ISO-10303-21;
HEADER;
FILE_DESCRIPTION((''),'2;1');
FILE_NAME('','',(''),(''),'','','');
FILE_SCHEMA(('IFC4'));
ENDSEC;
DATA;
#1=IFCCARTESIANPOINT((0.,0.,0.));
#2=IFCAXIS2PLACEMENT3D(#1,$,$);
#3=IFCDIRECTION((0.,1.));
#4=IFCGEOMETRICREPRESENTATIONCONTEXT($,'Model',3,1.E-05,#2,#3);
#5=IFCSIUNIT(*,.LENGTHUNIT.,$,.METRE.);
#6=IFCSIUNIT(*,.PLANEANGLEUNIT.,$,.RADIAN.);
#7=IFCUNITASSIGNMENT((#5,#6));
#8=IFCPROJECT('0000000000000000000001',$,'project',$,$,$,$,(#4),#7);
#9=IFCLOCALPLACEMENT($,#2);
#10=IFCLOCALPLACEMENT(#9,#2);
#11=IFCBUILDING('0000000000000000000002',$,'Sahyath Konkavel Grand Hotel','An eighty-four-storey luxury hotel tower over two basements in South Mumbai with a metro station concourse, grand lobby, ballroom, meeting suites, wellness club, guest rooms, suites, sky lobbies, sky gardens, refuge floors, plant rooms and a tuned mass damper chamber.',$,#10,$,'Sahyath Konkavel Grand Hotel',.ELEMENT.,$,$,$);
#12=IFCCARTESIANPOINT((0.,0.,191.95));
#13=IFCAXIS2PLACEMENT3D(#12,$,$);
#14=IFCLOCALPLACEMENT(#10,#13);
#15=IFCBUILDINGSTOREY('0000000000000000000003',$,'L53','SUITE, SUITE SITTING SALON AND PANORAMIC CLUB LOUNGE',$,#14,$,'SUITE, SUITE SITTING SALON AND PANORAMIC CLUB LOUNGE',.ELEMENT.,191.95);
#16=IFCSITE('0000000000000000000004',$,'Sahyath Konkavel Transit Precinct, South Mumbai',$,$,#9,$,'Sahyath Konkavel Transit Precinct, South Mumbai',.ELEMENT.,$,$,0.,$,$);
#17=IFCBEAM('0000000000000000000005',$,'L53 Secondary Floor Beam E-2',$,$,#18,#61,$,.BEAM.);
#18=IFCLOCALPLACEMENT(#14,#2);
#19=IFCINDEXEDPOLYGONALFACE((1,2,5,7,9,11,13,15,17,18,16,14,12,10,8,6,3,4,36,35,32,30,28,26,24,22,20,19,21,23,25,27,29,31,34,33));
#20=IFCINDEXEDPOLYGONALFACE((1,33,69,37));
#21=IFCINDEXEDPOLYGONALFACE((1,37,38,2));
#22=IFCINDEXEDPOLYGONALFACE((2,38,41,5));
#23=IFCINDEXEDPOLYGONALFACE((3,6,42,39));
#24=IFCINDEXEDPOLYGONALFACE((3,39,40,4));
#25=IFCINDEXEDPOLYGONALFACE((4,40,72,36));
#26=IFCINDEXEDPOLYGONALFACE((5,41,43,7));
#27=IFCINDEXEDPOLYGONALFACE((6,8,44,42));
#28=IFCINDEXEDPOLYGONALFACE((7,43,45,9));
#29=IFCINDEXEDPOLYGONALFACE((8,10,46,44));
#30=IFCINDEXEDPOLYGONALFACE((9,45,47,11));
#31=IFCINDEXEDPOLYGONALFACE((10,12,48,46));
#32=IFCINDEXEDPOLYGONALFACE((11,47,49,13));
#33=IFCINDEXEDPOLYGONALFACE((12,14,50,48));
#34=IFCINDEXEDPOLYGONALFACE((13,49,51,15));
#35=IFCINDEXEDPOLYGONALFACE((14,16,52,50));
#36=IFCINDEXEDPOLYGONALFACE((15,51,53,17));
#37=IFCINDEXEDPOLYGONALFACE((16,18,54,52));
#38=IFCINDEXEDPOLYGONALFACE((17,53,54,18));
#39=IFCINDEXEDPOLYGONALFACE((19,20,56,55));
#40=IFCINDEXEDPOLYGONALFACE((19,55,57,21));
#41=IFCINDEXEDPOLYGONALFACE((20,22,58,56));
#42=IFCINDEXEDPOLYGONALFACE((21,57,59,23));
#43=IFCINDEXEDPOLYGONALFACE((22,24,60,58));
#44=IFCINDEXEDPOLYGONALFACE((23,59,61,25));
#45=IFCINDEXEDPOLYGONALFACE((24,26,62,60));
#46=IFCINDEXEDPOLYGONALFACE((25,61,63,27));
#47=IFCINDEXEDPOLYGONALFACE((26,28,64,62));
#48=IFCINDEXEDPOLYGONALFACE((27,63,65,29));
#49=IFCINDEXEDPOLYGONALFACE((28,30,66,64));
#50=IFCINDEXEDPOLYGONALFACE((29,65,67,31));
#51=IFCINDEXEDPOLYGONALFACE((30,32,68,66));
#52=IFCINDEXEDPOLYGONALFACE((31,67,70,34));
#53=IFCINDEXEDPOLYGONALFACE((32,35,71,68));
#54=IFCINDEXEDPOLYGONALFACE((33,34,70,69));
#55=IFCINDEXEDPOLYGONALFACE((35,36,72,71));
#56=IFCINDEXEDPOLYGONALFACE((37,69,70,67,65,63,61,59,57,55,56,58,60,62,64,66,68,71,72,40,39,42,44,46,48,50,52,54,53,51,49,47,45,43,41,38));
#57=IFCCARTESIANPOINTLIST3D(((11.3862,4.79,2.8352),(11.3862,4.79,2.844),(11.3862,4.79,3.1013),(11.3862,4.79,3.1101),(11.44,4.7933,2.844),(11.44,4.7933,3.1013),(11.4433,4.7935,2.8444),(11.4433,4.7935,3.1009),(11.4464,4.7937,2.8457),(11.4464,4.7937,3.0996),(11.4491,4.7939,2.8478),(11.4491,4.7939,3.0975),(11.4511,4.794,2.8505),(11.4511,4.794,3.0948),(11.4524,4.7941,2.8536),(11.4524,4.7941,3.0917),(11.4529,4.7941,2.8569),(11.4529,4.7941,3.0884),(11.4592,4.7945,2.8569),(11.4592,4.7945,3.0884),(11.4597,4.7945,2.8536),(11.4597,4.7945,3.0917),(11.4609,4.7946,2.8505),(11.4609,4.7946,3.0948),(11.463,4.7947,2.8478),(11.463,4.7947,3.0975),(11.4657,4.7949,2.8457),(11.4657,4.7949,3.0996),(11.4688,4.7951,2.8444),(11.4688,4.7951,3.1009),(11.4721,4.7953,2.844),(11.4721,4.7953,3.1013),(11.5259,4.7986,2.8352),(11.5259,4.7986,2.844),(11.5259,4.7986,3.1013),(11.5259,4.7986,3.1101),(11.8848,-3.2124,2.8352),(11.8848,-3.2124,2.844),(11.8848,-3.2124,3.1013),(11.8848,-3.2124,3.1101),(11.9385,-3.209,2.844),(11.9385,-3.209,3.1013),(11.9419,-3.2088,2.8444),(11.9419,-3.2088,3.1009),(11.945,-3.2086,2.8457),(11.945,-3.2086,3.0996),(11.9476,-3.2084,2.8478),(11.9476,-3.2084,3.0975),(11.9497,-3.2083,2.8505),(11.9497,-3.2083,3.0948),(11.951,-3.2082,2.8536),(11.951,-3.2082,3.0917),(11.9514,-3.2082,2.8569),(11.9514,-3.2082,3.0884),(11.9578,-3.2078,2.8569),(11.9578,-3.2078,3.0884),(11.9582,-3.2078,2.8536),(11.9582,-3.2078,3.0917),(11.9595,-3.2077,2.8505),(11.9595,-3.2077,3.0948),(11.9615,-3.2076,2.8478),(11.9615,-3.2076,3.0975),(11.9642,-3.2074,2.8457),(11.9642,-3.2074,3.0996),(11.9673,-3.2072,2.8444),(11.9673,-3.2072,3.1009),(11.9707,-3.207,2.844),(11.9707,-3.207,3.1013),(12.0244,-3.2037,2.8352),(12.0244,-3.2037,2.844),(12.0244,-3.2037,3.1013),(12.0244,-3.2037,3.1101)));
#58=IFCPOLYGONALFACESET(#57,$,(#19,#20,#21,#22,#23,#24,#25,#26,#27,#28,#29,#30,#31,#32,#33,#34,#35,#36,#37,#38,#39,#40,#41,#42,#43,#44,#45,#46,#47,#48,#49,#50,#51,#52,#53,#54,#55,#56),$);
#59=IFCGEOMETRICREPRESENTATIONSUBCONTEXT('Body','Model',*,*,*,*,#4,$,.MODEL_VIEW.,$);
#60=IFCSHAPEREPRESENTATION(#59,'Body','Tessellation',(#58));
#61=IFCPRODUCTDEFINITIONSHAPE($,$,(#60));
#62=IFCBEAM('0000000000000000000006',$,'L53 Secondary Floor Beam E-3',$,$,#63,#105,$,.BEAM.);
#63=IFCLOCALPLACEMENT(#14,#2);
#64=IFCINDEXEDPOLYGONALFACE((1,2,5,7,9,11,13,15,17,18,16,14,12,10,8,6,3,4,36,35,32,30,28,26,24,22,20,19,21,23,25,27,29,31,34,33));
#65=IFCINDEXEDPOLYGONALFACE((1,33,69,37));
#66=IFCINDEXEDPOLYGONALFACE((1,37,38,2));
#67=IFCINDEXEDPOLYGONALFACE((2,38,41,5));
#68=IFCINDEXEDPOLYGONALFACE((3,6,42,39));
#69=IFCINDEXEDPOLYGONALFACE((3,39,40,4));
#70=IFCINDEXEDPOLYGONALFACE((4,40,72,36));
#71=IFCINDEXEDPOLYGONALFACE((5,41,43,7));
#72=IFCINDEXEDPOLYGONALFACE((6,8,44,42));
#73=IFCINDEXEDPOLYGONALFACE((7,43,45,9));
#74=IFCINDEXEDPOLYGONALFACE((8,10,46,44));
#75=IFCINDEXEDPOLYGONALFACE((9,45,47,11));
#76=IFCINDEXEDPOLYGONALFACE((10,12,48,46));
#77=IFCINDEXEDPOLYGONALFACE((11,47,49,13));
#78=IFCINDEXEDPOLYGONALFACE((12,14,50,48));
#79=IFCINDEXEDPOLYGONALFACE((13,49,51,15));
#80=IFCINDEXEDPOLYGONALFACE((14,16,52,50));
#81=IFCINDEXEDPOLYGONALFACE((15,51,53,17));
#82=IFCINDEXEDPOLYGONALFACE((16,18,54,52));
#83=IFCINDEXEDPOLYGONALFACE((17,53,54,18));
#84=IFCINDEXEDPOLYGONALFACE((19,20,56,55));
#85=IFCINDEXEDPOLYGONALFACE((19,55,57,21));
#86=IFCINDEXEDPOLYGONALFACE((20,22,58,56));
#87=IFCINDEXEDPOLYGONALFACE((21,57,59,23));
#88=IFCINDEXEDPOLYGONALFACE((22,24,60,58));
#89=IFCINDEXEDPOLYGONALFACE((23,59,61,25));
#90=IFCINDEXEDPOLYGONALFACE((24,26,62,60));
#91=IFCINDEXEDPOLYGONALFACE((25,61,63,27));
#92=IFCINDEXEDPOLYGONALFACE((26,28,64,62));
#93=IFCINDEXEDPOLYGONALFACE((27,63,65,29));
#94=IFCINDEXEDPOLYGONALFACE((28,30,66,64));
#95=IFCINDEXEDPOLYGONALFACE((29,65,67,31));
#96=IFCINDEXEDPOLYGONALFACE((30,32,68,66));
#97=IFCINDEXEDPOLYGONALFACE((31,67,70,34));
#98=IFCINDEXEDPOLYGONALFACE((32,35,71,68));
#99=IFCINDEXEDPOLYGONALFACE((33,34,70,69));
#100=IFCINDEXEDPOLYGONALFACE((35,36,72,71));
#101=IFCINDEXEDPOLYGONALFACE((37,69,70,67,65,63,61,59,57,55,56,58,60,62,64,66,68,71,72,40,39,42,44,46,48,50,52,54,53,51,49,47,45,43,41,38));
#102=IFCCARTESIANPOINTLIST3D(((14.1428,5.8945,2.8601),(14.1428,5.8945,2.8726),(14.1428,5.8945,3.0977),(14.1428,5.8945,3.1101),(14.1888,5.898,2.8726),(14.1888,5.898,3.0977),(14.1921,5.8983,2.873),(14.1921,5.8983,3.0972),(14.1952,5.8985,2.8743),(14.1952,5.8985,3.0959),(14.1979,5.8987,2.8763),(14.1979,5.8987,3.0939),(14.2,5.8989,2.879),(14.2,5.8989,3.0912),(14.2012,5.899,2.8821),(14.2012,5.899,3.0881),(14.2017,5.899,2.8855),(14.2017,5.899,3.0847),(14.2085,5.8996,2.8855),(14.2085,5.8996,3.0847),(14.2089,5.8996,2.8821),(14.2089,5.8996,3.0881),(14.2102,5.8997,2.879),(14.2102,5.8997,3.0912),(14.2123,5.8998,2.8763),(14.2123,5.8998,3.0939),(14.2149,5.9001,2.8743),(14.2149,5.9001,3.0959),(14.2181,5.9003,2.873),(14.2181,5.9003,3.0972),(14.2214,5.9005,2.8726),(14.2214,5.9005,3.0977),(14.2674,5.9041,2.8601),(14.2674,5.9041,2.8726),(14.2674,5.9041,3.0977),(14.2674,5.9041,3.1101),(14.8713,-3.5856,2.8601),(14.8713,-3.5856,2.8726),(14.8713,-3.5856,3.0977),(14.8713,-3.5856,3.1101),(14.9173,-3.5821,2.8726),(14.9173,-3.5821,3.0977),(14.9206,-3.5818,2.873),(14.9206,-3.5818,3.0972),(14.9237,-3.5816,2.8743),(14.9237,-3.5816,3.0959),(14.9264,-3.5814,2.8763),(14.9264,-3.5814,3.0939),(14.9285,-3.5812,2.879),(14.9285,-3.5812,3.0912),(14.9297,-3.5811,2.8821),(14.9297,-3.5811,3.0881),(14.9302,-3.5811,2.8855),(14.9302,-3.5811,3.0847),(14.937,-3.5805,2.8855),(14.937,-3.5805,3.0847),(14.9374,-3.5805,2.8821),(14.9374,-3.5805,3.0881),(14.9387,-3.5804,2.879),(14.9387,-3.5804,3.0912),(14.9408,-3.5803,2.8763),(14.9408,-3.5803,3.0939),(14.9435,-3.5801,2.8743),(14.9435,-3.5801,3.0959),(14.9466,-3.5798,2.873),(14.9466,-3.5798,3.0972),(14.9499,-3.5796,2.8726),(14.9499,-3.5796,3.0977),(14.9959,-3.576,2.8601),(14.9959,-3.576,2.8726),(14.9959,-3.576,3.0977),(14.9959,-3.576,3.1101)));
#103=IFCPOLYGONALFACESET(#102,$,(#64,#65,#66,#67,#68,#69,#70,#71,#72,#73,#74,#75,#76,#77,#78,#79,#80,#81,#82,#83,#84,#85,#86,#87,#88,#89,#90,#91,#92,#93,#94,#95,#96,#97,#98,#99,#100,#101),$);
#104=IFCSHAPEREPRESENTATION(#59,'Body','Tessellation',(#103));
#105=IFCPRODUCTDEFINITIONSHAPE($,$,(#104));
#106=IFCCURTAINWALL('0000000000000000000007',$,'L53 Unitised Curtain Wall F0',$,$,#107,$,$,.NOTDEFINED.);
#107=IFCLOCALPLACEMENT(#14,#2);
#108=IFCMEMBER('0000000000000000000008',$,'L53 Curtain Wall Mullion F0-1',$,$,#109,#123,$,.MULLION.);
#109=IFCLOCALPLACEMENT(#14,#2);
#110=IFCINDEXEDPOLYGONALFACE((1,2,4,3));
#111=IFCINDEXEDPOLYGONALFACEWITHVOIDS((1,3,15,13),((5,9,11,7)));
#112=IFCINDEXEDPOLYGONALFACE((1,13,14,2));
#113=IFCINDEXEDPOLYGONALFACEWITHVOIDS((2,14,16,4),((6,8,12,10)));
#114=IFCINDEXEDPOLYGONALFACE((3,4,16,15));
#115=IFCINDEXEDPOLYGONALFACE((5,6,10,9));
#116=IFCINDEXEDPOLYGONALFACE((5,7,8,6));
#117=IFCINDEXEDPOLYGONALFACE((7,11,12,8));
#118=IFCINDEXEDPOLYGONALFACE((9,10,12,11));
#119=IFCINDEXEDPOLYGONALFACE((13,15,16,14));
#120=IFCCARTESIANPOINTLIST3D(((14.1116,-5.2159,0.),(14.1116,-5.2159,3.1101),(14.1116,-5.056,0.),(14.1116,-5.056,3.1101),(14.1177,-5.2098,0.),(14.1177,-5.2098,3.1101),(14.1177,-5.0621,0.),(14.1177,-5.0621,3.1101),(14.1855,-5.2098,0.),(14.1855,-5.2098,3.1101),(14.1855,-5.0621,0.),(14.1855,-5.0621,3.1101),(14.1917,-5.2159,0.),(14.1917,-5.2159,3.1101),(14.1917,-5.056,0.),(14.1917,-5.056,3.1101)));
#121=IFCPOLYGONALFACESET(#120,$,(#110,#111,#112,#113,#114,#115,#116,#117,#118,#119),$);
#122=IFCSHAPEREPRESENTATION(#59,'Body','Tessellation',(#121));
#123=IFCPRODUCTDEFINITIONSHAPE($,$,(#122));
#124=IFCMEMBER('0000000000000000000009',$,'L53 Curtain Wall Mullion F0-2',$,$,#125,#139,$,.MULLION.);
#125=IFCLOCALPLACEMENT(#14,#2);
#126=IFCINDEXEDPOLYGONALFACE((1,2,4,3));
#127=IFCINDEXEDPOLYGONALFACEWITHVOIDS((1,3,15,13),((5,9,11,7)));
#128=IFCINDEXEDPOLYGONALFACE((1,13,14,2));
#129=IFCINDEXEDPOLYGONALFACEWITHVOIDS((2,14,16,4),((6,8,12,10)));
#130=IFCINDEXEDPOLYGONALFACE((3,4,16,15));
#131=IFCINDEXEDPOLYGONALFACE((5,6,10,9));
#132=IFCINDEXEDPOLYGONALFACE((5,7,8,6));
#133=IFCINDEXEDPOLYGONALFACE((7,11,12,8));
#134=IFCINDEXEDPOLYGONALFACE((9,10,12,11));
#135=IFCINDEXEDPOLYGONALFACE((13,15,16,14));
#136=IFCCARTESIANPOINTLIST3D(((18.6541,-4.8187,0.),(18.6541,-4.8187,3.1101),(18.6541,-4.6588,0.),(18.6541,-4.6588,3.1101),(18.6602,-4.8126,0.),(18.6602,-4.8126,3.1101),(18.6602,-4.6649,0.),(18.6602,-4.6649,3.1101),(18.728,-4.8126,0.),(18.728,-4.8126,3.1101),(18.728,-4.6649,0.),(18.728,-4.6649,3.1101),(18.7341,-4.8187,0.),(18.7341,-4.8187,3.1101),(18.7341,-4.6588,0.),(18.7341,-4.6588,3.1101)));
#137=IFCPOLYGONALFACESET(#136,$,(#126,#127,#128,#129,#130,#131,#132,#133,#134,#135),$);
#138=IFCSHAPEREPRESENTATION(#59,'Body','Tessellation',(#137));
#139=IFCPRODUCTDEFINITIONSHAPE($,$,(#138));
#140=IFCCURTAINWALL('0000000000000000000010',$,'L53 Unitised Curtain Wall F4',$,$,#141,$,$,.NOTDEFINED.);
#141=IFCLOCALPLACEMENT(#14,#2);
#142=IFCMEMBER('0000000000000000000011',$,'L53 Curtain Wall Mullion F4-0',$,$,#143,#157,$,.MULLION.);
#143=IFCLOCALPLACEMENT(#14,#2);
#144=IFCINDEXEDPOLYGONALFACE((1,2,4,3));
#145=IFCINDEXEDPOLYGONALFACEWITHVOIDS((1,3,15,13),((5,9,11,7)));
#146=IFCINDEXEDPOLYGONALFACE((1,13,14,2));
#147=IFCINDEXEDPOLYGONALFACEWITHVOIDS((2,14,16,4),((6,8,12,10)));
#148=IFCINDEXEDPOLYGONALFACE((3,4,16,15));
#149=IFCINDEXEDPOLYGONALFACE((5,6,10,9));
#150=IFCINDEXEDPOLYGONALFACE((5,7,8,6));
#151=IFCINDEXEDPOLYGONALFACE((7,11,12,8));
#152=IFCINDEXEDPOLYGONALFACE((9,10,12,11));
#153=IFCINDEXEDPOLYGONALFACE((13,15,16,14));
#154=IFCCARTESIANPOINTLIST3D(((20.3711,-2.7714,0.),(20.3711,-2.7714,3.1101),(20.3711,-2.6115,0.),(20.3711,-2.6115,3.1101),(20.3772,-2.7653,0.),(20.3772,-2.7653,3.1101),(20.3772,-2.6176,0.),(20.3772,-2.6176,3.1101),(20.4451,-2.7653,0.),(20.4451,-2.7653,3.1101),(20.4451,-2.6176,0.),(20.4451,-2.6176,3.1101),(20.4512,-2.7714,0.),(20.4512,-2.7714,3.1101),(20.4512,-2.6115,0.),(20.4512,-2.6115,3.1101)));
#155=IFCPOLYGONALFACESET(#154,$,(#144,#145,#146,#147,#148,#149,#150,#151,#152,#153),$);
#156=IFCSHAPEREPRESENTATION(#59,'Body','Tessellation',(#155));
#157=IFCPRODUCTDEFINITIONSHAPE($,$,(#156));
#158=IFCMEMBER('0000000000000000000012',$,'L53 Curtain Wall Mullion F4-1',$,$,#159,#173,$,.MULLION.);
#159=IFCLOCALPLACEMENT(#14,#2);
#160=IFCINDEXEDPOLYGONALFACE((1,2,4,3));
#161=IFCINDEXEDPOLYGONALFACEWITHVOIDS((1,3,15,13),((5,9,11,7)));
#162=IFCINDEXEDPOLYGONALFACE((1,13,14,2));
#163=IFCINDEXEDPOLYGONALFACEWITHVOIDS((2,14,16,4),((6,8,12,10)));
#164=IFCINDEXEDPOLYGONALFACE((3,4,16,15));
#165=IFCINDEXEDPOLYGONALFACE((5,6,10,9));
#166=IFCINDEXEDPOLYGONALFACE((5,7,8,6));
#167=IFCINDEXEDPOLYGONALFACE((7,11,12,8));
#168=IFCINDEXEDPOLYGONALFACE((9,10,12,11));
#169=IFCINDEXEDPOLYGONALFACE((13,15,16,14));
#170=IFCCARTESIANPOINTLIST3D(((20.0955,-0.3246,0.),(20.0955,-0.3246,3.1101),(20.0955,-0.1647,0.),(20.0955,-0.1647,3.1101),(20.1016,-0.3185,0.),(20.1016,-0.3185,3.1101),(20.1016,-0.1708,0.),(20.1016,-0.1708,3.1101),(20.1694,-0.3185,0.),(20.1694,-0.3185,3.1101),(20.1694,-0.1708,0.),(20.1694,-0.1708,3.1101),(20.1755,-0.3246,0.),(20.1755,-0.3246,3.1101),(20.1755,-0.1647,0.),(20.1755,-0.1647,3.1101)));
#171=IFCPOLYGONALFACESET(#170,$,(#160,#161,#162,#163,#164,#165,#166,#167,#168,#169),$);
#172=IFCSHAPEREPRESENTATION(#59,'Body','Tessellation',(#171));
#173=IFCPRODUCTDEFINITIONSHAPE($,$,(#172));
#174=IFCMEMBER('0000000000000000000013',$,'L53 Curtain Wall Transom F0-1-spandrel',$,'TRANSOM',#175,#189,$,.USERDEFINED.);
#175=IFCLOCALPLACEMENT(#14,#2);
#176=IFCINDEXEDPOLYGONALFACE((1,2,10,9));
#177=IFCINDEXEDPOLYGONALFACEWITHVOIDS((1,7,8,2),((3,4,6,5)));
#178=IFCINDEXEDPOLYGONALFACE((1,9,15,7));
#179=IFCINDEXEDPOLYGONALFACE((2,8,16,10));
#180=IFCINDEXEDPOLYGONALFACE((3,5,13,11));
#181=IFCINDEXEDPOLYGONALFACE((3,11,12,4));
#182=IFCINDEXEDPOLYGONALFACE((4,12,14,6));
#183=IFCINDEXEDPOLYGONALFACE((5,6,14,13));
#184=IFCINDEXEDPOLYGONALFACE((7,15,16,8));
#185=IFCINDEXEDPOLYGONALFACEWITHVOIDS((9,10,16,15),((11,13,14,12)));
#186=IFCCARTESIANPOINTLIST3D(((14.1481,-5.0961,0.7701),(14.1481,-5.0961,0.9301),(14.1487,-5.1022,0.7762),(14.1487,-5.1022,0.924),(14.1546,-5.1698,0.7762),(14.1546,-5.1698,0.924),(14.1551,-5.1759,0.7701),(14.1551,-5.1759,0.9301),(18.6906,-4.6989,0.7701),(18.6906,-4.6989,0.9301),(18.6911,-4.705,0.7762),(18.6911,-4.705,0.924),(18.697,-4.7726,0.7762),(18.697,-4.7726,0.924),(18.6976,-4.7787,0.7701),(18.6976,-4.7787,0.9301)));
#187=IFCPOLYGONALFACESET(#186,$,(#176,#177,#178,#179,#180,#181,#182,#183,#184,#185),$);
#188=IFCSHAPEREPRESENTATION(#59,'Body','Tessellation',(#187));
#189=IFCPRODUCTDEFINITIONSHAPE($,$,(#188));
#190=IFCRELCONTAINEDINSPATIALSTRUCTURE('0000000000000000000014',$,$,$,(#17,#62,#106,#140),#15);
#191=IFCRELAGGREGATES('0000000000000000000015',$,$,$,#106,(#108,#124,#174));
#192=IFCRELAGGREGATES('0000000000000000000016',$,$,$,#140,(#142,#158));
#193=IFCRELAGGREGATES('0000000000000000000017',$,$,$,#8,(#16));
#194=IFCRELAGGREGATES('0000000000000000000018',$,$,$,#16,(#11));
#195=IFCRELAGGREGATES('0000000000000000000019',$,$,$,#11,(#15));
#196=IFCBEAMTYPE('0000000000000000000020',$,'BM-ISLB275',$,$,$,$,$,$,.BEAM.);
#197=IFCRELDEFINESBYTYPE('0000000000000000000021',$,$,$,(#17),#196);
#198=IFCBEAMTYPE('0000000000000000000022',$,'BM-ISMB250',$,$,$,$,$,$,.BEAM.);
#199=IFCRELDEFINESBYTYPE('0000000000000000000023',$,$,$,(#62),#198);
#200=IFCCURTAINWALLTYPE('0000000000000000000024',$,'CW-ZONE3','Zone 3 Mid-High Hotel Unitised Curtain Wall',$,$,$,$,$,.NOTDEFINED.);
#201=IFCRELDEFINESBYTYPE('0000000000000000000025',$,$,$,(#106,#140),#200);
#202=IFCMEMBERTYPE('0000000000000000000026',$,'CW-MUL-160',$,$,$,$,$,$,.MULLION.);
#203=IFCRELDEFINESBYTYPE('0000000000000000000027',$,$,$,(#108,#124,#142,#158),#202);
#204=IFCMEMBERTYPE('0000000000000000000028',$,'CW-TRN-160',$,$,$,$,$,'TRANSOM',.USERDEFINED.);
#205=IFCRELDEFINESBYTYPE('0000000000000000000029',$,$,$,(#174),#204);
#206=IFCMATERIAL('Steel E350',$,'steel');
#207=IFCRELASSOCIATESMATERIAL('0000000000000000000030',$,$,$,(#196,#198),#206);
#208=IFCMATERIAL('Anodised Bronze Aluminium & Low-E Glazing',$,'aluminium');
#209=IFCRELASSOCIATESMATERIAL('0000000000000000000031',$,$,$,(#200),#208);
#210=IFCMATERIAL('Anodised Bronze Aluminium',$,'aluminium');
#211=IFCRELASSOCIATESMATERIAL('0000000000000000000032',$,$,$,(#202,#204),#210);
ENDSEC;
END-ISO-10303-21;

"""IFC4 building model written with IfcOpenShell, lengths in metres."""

from ifc_helpers import new_model, si_unit, direction, frame, origin, origin_2d, place, context, subcontext, project, spatial, hollow_rectangle, i_section, extrude, source, transform, mapped, material, material_profile, profile_set, type_object, element, aggregate, save


model = new_model("IFC4")

# Units and contexts
model_context = context("Model", 3, precision=1e-05, world=origin(), true_north=direction((0.0, 1.0)))
body_context = subcontext(model_context, "Body", "Model", "MODEL_VIEW")
ifc_project = project(units=[si_unit("LENGTHUNIT", "METRE"), si_unit("PLANEANGLEUNIT", "RADIAN")], contexts=[model_context])

# Site, building, storey
site_placement = place(None, origin())
site = spatial("IfcSite", under=ifc_project, at=site_placement, Name="Sahyath Konkavel Transit Precinct, South Mumbai", LongName="Sahyath Konkavel Transit Precinct, South Mumbai", CompositionType="ELEMENT", RefElevation=0.0)
building_placement = place(site_placement, origin())
building = spatial("IfcBuilding", under=site, at=building_placement, Name="Sahyath Konkavel Grand Hotel", Description="An eighty-four-storey luxury hotel tower over two basements in South Mumbai with a metro station concourse, grand lobby, ballroom, meeting suites, wellness club, guest rooms, suites, sky lobbies, sky gardens, refuge floors, plant rooms and a tuned mass damper chamber.", LongName="Sahyath Konkavel Grand Hotel", CompositionType="ELEMENT")
storey_placement = place(building_placement, frame((0.0, 0.0, 191.95)))
storey = spatial("IfcBuildingStorey", under=building, at=storey_placement, Name="L53", Description="SUITE, SUITE SITTING SALON AND PANORAMIC CLUB LOUNGE", LongName="SUITE, SUITE SITTING SALON AND PANORAMIC CLUB LOUNGE", CompositionType="ELEMENT", Elevation=191.95)

# Beams
ifc_material_1 = material(Name="Steel E350", Category="steel")
ifc_material_profile_1 = material_profile(ifc_material_1, i_section(OverallWidth=0.1399, OverallDepth=0.2749, WebThickness=0.0063, FlangeThickness=0.0088, FilletRadius=0.0129, at=origin_2d()), Name="ISLB 275")
ifc_profile_set_1 = profile_set([ifc_material_profile_1], Name="Steel E350")
beam_type_1 = type_object("IfcBeamType", Name="BM-ISLB275", PredefinedType="BEAM", material=ifc_profile_set_1)
shared_shape_1 = source(origin(), body_context, "Body", "SweptSolid", [
    extrude(i_section(OverallWidth=0.1399, OverallDepth=0.2749, WebThickness=0.0063, FlangeThickness=0.0088, FilletRadius=0.0129, at=origin_2d()), origin(), (0.0, 0.0, 1.0), 8.0178),
])
beam_1_placement = place(storey_placement, frame((11.9546, -3.208, 2.9727), z_axis=(-0.062179, 0.998065, 0.0), x_axis=(-0.998065, -0.062179, 0.0)))
element("IfcBeam", 1, at=beam_1_placement, inside=storey, type_object=beam_type_1, Name="L53 Secondary Floor Beam E-2", PredefinedType="BEAM", context=body_context, shape_type="MappedRepresentation", body=[
    mapped(shared_shape_1, transform((0.0, 0.0, 0.0), scale=1.0)),
])
ifc_material_profile_2 = material_profile(ifc_material_1, i_section(OverallWidth=0.125, OverallDepth=0.25, WebThickness=0.0068, FlangeThickness=0.0125, FilletRadius=0.0129, at=origin_2d()), Name="ISMB 250")
ifc_profile_set_2 = profile_set([ifc_material_profile_2], Name="Steel E350")
beam_type_2 = type_object("IfcBeamType", Name="BM-ISMB250", PredefinedType="BEAM", material=ifc_profile_set_2)
shared_shape_2 = source(origin(), body_context, "Body", "SweptSolid", [
    extrude(i_section(OverallWidth=0.125, OverallDepth=0.25, WebThickness=0.0068, FlangeThickness=0.0125, FilletRadius=0.0129, at=origin_2d()), origin(), (0.0, 0.0, 1.0), 9.5081),
])
beam_2_placement = place(storey_placement, frame((14.9336, -3.5808, 2.9851), z_axis=(-0.07662, 0.99706, 0.0), x_axis=(-0.99706, -0.07662, 0.0)))
element("IfcBeam", 2, at=beam_2_placement, inside=storey, type_object=beam_type_2, Name="L53 Secondary Floor Beam E-3", PredefinedType="BEAM", context=body_context, shape_type="MappedRepresentation", body=[
    mapped(shared_shape_2, transform((0.0, 0.0, 0.0), scale=1.0)),
])

# Curtain walls, members
ifc_material_2 = material(Name="Anodised Bronze Aluminium & Low-E Glazing", Category="aluminium")
curtain_wall_type = type_object("IfcCurtainWallType", Name="CW-ZONE3", Description="Zone 3 Mid-High Hotel Unitised Curtain Wall", PredefinedType="NOTDEFINED", material=ifc_material_2)
curtain_wall_1_placement = place(storey_placement, origin())
curtain_wall_1 = element("IfcCurtainWall", 3, at=curtain_wall_1_placement, inside=storey, type_object=curtain_wall_type, Name="L53 Unitised Curtain Wall F0", PredefinedType="NOTDEFINED")
ifc_material_3 = material(Name="Anodised Bronze Aluminium", Category="aluminium")
ifc_material_profile_3 = material_profile(ifc_material_3, hollow_rectangle(XDim=0.0801, YDim=0.1599, WallThickness=0.0061, at=origin_2d()), Name="RHS 160x80x6")
ifc_profile_set_3 = profile_set([ifc_material_profile_3], Name="Anodised Bronze Aluminium")
member_type_1 = type_object("IfcMemberType", Name="CW-MUL-160", PredefinedType="MULLION", material=ifc_profile_set_3)
shared_shape_3 = source(origin(), body_context, "Body", "SweptSolid", [
    extrude(hollow_rectangle(XDim=0.0801, YDim=0.1599, WallThickness=0.0061, at=origin_2d()), origin(), (0.0, 0.0, 1.0), 3.1101),
])
member_1_placement = place(storey_placement, frame((14.1516, -5.136, 0.0), z_axis=(0.0, 0.0, 1.0), x_axis=(1.0, 0.0, 0.0)))
member_1 = element("IfcMember", 4, at=member_1_placement, type_object=member_type_1, Name="L53 Curtain Wall Mullion F0-1", PredefinedType="MULLION", context=body_context, shape_type="MappedRepresentation", body=[
    mapped(shared_shape_3, transform((0.0, 0.0, 0.0), scale=1.0)),
])
member_2_placement = place(storey_placement, frame((18.6941, -4.7388, 0.0), z_axis=(0.0, 0.0, 1.0), x_axis=(1.0, 0.0, 0.0)))
member_2 = element("IfcMember", 5, at=member_2_placement, type_object=member_type_1, Name="L53 Curtain Wall Mullion F0-2", PredefinedType="MULLION", context=body_context, shape_type="MappedRepresentation", body=[
    mapped(shared_shape_3, transform((0.0, 0.0, 0.0), scale=1.0)),
])
curtain_wall_2_placement = place(storey_placement, origin())
curtain_wall_2 = element("IfcCurtainWall", 6, at=curtain_wall_2_placement, inside=storey, type_object=curtain_wall_type, Name="L53 Unitised Curtain Wall F4", PredefinedType="NOTDEFINED")
member_3_placement = place(storey_placement, frame((20.4111, -2.6914, 0.0), z_axis=(0.0, 0.0, 1.0), x_axis=(1.0, 0.0, 0.0)))
member_3 = element("IfcMember", 7, at=member_3_placement, type_object=member_type_1, Name="L53 Curtain Wall Mullion F4-0", PredefinedType="MULLION", context=body_context, shape_type="MappedRepresentation", body=[
    mapped(shared_shape_3, transform((0.0, 0.0, 0.0), scale=1.0)),
])
member_4_placement = place(storey_placement, frame((20.1355, -0.2446, 0.0), z_axis=(0.0, 0.0, 1.0), x_axis=(1.0, 0.0, 0.0)))
member_4 = element("IfcMember", 8, at=member_4_placement, type_object=member_type_1, Name="L53 Curtain Wall Mullion F4-1", PredefinedType="MULLION", context=body_context, shape_type="MappedRepresentation", body=[
    mapped(shared_shape_3, transform((0.0, 0.0, 0.0), scale=1.0)),
])

# Member
ifc_material_profile_4 = material_profile(ifc_material_3, hollow_rectangle(XDim=0.0801, YDim=0.1599, WallThickness=0.0061, at=origin_2d()), Name="RHS 160x80x6")
ifc_profile_set_4 = profile_set([ifc_material_profile_4], Name="Anodised Bronze Aluminium")
member_type_2 = type_object("IfcMemberType", Name="CW-TRN-160", ElementType="TRANSOM", PredefinedType="USERDEFINED", material=ifc_profile_set_4)
shared_shape_4 = source(origin(), body_context, "Body", "SweptSolid", [
    extrude(hollow_rectangle(XDim=0.0801, YDim=0.1599, WallThickness=0.0061, at=origin_2d()), origin(), (0.0, 0.0, 1.0), 4.5598),
])
member_5_placement = place(storey_placement, frame((14.1516, -5.136, 0.8501), z_axis=(0.996198, 0.087112, 0.0), x_axis=(-0.087112, 0.996198, 0.0)))
member_5 = element("IfcMember", 9, at=member_5_placement, type_object=member_type_2, Name="L53 Curtain Wall Transom F0-1-spandrel", ObjectType="TRANSOM", PredefinedType="USERDEFINED", context=body_context, shape_type="MappedRepresentation", body=[
    mapped(shared_shape_4, transform((0.0, 0.0, 0.0), scale=1.0)),
])

aggregate(curtain_wall_1, [member_1, member_2, member_5])
aggregate(curtain_wall_2, [member_3, member_4])

save(model, "model.ifc")
